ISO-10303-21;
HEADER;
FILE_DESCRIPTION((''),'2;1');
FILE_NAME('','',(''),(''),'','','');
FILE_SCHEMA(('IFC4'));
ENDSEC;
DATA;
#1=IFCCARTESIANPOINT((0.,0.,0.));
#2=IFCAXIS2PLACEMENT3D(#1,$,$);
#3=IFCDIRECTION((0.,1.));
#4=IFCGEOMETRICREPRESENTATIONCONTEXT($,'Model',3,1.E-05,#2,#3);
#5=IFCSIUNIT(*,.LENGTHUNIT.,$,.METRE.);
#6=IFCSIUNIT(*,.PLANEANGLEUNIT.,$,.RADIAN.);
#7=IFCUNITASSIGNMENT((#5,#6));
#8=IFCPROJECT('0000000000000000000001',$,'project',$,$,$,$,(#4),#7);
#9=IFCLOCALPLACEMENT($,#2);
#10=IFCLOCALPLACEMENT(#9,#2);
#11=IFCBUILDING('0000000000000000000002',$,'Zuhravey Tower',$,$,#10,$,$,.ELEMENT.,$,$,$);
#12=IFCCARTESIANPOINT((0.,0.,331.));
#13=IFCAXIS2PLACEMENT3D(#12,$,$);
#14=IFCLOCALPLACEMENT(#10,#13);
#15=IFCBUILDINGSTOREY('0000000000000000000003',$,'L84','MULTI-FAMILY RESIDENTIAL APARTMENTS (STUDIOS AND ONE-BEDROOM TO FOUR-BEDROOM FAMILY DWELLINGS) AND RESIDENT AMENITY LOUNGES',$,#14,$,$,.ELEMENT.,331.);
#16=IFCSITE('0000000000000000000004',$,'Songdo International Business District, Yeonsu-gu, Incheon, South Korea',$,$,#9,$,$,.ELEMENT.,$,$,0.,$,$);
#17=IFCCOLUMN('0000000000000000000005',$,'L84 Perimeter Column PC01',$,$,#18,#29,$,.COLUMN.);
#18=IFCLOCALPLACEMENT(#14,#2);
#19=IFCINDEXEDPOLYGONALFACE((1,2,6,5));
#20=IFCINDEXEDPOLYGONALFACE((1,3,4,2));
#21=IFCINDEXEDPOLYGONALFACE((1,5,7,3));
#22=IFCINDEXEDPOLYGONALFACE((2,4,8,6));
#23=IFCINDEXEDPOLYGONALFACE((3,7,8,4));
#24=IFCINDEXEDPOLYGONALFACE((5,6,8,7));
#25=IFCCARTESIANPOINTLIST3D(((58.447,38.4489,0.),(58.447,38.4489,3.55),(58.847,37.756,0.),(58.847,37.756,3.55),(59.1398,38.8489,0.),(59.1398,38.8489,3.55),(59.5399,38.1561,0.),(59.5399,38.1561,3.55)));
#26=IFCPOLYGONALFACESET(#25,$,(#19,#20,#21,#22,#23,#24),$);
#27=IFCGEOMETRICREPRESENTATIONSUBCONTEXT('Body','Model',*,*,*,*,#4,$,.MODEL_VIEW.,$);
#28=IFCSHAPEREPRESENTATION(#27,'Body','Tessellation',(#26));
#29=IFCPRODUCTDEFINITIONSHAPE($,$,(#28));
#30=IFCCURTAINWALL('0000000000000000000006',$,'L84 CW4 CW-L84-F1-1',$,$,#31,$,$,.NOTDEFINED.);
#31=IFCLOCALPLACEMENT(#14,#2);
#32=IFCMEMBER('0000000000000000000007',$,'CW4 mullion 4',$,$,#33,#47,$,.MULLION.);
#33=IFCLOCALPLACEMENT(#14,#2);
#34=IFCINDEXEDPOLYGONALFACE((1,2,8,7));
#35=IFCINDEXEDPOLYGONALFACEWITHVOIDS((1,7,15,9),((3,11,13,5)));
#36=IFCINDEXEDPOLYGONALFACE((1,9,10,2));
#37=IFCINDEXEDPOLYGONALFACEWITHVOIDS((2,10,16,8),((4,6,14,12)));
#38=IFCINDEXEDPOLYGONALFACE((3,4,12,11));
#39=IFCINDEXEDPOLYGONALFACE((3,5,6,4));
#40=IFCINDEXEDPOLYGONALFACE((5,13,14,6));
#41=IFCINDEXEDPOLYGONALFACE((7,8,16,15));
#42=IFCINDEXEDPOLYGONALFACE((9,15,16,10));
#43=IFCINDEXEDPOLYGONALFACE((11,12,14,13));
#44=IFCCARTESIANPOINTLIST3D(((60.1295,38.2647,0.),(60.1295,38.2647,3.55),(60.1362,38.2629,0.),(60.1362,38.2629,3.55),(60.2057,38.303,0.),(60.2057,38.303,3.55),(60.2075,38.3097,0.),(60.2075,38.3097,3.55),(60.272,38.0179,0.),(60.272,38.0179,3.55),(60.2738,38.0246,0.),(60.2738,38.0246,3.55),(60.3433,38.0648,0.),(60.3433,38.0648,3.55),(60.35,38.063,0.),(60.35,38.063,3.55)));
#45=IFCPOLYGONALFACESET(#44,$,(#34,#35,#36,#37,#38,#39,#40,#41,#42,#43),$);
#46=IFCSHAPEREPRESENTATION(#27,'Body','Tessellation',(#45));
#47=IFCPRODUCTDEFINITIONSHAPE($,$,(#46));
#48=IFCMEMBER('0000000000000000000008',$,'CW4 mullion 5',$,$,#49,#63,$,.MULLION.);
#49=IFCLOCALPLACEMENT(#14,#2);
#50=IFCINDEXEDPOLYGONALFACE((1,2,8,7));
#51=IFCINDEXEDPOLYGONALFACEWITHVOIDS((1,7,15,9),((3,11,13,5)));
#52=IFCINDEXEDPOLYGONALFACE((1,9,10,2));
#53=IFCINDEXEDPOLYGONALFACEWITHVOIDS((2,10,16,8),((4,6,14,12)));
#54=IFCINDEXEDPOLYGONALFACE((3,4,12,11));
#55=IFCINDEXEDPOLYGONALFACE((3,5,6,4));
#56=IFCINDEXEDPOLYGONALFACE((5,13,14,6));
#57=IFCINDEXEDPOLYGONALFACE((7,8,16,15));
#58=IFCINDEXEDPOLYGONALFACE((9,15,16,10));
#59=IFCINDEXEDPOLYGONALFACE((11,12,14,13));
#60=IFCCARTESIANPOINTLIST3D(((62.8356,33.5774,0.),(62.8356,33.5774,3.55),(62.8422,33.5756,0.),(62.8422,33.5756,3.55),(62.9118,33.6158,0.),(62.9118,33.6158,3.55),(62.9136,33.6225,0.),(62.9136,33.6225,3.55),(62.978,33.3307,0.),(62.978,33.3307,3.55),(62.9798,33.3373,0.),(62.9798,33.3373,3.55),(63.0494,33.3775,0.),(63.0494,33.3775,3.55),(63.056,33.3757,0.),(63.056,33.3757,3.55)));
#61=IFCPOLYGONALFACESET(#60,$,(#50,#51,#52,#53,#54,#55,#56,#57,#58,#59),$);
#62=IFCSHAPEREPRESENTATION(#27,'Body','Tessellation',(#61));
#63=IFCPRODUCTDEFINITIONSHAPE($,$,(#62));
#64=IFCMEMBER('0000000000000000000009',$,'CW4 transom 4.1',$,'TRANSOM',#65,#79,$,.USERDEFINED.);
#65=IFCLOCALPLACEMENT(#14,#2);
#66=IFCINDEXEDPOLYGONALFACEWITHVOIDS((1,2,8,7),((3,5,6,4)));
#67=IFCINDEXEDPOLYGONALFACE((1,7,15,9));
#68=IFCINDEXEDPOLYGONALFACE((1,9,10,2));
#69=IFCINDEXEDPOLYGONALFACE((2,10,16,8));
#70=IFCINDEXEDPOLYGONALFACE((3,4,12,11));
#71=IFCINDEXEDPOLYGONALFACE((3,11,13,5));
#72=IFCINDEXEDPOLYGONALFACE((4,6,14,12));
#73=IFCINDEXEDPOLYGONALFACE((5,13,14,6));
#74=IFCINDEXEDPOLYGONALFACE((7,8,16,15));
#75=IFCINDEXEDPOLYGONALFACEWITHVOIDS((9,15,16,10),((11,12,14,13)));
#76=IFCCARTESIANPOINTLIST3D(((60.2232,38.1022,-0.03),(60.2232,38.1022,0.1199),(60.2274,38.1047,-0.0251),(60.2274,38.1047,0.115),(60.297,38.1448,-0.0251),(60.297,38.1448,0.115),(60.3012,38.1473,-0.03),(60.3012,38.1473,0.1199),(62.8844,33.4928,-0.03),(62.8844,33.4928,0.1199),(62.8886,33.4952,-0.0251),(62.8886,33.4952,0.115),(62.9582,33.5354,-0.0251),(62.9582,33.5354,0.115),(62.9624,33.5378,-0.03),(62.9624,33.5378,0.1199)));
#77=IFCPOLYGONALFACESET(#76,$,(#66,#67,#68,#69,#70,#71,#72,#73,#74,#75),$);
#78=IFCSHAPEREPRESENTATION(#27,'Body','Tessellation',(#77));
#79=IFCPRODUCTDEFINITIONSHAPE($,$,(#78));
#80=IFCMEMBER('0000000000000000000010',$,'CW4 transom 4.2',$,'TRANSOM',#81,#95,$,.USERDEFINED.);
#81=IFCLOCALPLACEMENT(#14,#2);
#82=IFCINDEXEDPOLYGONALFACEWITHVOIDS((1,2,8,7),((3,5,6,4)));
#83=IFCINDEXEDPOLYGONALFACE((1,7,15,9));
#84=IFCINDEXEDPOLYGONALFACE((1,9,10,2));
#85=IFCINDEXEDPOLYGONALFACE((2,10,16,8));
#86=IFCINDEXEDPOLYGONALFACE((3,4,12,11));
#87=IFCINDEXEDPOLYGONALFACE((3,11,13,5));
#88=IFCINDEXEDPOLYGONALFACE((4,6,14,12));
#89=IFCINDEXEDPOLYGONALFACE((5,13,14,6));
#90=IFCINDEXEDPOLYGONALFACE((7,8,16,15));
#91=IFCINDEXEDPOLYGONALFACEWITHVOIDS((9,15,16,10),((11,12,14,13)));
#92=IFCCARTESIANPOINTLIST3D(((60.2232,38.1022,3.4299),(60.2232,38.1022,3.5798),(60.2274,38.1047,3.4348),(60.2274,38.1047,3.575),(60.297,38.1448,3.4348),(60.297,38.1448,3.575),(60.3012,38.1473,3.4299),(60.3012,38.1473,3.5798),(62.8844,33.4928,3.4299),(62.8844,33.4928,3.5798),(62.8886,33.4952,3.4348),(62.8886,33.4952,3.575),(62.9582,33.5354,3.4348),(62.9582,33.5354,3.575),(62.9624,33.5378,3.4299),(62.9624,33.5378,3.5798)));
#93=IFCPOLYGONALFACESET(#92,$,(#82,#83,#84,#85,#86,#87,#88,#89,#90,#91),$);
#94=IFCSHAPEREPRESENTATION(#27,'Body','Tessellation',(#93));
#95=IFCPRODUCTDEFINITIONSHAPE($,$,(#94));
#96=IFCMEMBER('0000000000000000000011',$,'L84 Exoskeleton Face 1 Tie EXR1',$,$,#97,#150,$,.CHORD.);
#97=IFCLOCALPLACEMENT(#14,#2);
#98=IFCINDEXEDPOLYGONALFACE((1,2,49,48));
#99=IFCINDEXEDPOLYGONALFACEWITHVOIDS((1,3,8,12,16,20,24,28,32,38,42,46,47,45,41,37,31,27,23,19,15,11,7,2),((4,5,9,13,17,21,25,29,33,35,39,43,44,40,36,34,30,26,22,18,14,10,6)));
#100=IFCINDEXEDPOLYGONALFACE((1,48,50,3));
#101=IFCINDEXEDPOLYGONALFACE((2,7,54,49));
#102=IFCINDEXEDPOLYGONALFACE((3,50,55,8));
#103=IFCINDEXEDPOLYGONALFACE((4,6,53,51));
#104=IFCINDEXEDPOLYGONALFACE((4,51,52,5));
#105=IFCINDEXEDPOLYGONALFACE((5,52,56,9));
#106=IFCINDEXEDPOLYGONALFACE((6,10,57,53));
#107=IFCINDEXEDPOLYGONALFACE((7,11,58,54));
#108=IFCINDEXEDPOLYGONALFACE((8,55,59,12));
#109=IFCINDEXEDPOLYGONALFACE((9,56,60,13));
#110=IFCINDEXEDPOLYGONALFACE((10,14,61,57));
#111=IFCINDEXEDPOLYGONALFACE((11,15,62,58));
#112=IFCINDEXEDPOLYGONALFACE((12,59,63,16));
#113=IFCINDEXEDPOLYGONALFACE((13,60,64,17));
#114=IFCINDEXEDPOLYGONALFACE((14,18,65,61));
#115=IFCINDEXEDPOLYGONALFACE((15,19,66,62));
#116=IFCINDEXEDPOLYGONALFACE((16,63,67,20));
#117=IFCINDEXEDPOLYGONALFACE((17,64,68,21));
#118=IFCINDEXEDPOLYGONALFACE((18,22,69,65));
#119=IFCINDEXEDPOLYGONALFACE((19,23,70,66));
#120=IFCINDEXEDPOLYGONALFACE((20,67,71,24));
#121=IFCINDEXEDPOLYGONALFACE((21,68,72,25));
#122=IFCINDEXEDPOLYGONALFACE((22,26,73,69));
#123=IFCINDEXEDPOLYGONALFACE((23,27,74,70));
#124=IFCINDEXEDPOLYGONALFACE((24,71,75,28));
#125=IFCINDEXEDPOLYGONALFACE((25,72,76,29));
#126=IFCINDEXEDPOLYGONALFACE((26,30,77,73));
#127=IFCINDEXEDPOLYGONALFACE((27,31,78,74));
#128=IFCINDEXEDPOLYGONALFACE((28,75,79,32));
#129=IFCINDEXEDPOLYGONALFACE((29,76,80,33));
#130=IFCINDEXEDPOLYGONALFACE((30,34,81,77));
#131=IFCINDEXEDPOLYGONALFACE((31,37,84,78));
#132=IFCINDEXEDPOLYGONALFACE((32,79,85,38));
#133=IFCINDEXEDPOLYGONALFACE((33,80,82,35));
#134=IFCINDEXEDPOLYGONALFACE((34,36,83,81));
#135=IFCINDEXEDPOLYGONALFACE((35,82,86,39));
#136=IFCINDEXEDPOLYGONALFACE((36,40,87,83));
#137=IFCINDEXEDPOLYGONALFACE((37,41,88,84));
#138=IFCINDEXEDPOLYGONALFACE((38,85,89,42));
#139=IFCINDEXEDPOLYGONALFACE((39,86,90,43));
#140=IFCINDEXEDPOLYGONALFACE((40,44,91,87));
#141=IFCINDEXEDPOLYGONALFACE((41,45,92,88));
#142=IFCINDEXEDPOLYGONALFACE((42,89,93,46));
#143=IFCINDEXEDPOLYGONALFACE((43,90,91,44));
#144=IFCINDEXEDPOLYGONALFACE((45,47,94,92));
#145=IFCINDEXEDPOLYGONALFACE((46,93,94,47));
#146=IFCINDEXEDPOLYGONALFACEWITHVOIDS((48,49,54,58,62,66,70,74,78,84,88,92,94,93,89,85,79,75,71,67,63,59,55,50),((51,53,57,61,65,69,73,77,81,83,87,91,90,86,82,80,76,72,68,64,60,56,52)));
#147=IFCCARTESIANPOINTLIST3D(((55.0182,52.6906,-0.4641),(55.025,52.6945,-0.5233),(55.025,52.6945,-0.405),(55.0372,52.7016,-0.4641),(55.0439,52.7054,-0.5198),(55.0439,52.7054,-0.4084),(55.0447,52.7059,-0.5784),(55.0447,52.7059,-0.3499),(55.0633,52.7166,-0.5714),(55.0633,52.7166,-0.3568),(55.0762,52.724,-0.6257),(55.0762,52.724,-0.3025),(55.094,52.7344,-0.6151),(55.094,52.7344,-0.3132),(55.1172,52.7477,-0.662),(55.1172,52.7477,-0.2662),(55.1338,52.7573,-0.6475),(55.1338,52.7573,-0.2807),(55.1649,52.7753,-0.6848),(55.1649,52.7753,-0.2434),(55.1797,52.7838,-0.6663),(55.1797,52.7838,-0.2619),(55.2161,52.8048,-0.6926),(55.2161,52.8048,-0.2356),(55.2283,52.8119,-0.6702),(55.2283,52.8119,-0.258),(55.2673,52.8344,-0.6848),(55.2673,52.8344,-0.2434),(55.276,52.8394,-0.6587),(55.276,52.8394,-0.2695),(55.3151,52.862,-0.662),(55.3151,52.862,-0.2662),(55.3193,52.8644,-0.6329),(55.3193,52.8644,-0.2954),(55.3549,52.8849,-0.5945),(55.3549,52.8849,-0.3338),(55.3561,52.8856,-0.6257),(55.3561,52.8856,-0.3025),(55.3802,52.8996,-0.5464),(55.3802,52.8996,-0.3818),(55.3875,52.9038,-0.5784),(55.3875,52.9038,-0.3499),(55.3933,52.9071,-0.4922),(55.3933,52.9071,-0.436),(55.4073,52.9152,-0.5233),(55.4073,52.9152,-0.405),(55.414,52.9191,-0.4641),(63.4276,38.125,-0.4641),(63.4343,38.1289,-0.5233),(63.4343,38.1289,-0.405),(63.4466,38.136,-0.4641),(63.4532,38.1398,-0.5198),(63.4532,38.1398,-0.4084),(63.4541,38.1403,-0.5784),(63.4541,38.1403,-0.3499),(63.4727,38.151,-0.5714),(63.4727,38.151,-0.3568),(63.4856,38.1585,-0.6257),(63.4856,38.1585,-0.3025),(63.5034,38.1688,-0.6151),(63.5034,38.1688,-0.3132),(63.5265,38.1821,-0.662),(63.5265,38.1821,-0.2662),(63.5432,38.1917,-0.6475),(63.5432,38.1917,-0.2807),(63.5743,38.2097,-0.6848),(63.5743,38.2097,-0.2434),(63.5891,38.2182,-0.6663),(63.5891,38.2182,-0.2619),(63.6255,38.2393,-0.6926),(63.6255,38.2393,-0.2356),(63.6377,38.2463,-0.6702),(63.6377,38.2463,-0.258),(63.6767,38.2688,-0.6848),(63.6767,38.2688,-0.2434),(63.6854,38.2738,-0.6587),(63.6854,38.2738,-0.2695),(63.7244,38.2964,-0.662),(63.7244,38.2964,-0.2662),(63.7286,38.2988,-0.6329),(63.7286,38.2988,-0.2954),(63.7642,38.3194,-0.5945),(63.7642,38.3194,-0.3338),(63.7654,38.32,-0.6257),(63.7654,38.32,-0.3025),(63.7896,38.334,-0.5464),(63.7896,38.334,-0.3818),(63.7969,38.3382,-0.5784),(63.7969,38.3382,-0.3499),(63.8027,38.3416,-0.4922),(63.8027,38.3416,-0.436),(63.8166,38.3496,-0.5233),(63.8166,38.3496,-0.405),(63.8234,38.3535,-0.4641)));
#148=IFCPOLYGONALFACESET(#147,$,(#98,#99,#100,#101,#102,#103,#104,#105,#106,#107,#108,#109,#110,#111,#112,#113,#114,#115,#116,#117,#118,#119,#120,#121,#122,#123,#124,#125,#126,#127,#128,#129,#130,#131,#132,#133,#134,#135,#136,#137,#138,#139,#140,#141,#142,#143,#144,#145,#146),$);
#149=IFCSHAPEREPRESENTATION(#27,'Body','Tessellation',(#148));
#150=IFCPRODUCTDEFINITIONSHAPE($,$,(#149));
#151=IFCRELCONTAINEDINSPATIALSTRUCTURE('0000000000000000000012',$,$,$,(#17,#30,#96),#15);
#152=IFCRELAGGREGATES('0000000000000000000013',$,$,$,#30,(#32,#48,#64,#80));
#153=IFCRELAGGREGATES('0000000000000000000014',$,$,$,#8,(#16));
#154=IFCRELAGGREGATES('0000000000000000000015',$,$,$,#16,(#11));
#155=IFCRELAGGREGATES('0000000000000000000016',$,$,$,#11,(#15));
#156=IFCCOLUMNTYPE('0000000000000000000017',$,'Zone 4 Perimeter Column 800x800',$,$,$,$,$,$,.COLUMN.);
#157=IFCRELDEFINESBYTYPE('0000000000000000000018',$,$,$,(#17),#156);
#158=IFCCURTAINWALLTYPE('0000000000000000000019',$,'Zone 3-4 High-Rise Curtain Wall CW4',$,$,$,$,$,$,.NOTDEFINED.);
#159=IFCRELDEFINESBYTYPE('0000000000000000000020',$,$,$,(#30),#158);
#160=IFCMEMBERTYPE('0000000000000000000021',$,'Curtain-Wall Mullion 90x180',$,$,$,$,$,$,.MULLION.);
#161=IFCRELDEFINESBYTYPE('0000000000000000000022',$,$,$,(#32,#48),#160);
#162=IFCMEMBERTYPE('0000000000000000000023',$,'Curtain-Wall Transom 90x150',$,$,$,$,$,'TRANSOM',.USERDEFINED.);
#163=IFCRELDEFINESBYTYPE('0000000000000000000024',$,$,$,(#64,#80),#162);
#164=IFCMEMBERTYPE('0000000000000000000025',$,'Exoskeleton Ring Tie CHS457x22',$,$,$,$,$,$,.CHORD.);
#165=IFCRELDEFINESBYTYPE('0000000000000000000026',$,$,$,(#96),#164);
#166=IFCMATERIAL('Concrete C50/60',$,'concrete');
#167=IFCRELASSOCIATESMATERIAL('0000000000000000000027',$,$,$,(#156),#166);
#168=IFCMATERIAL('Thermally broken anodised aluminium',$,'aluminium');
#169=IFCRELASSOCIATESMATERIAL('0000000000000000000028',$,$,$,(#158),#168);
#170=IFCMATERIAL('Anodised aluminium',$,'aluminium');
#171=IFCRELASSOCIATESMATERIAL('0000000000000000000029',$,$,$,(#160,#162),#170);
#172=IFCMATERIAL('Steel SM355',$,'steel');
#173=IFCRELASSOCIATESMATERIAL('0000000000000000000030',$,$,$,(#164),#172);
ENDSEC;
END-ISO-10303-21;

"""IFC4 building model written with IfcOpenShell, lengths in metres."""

from ifc_helpers import new_model, si_unit, direction, frame, origin, origin_2d, place, context, subcontext, project, spatial, rectangle, hollow_rectangle, hollow_circle, extrude, material, material_profile, profile_set, type_object, element, aggregate, save


model = new_model("IFC4")

# Units and contexts
model_context = context("Model", 3, precision=1e-05, world=origin(), true_north=direction((0.0, 1.0)))
body_context = subcontext(model_context, "Body", "Model", "MODEL_VIEW")
ifc_project = project(units=[si_unit("LENGTHUNIT", "METRE"), si_unit("PLANEANGLEUNIT", "RADIAN")], contexts=[model_context])

# Site, building, storey
site_placement = place(None, origin())
site = spatial("IfcSite", under=ifc_project, at=site_placement, Name="Songdo International Business District, Yeonsu-gu, Incheon, South Korea", CompositionType="ELEMENT", RefElevation=0.0)
building_placement = place(site_placement, origin())
building = spatial("IfcBuilding", under=site, at=building_placement, Name="Zuhravey Tower", CompositionType="ELEMENT")
storey_placement = place(building_placement, frame((0.0, 0.0, 331.0)))
storey = spatial("IfcBuildingStorey", under=building, at=storey_placement, Name="L84", Description="MULTI-FAMILY RESIDENTIAL APARTMENTS (STUDIOS AND ONE-BEDROOM TO FOUR-BEDROOM FAMILY DWELLINGS) AND RESIDENT AMENITY LOUNGES", CompositionType="ELEMENT", Elevation=331.0)

# Column
ifc_material_1 = material(Name="Concrete C50/60", Category="concrete")
ifc_material_profile_1 = material_profile(ifc_material_1, rectangle(XDim=0.8, YDim=0.8, at=origin_2d()), Name="RC-800x800")
ifc_profile_set_1 = profile_set([ifc_material_profile_1], Name="Concrete C50/60")
column_type = type_object("IfcColumnType", Name="Zone 4 Perimeter Column 800x800", PredefinedType="COLUMN", material=ifc_profile_set_1)
column_placement = place(storey_placement, frame((58.9934, 38.3025, 0.0), z_axis=(0.0, 0.0, 1.0), x_axis=(-0.5, 0.866025, 0.0)))
element("IfcColumn", 1, at=column_placement, inside=storey, type_object=column_type, Name="L84 Perimeter Column PC01", PredefinedType="COLUMN", context=body_context, shape_type="SweptSolid", body=[
    extrude(rectangle(XDim=0.8, YDim=0.8, at=origin_2d()), origin(), (0.0, 0.0, 1.0), 3.55),
])

# Curtain wall, members
ifc_material_2 = material(Name="Thermally broken anodised aluminium", Category="aluminium")
curtain_wall_type = type_object("IfcCurtainWallType", Name="Zone 3-4 High-Rise Curtain Wall CW4", PredefinedType="NOTDEFINED", material=ifc_material_2)
curtain_wall_placement = place(storey_placement, origin())
curtain_wall = element("IfcCurtainWall", 2, at=curtain_wall_placement, inside=storey, type_object=curtain_wall_type, Name="L84 CW4 CW-L84-F1-1", PredefinedType="NOTDEFINED")
ifc_material_3 = material(Name="Anodised aluminium", Category="aluminium")
ifc_material_profile_2 = material_profile(ifc_material_3, hollow_rectangle(XDim=0.0901, YDim=0.2849, WallThickness=0.0049, at=origin_2d()), Name="ALU-RHS-90x285x5")
ifc_profile_set_2 = profile_set([ifc_material_profile_2], Name="Anodised aluminium")
member_type_1 = type_object("IfcMemberType", Name="Curtain-Wall Mullion 90x180", PredefinedType="MULLION", material=ifc_profile_set_2)
member_1_placement = place(storey_placement, frame((60.2397, 38.1638, 0.0), z_axis=(0.0, 0.0, 1.0), x_axis=(0.866024, 0.500002, 0.0)))
member_1 = element("IfcMember", 3, at=member_1_placement, type_object=member_type_1, Name="CW4 mullion 4", PredefinedType="MULLION", context=body_context, shape_type="SweptSolid", body=[
    extrude(hollow_rectangle(XDim=0.0901, YDim=0.2849, WallThickness=0.0049, at=origin_2d()), origin(), (0.0, 0.0, 1.0), 3.55),
])
member_2_placement = place(storey_placement, frame((62.9458, 33.4766, 0.0), z_axis=(0.0, 0.0, 1.0), x_axis=(0.866024, 0.500002, 0.0)))
member_2 = element("IfcMember", 4, at=member_2_placement, type_object=member_type_1, Name="CW4 mullion 5", PredefinedType="MULLION", context=body_context, shape_type="SweptSolid", body=[
    extrude(hollow_rectangle(XDim=0.0901, YDim=0.2849, WallThickness=0.0049, at=origin_2d()), origin(), (0.0, 0.0, 1.0), 3.55),
])
ifc_material_profile_3 = material_profile(ifc_material_3, hollow_rectangle(XDim=0.0901, YDim=0.1499, WallThickness=0.0049, at=origin_2d()), Name="ALU-RHS-90x150x5")
ifc_profile_set_3 = profile_set([ifc_material_profile_3], Name="Anodised aluminium")
member_type_2 = type_object("IfcMemberType", Name="Curtain-Wall Transom 90x150", ElementType="TRANSOM", PredefinedType="USERDEFINED", material=ifc_profile_set_3)
member_3_placement = place(storey_placement, frame((60.2622, 38.1248, 0.0449), z_axis=(0.499987, -0.866033, 0.0), x_axis=(0.866033, 0.499987, 0.0)))
member_3 = element("IfcMember", 5, at=member_3_placement, type_object=member_type_2, Name="CW4 transom 4.1", ObjectType="TRANSOM", PredefinedType="USERDEFINED", context=body_context, shape_type="SweptSolid", body=[
    extrude(hollow_rectangle(XDim=0.0901, YDim=0.1499, WallThickness=0.0049, at=origin_2d()), origin(), (0.0, 0.0, 1.0), 5.3225),
])
member_4_placement = place(storey_placement, frame((60.2622, 38.1248, 3.5049), z_axis=(0.499987, -0.866033, 0.0), x_axis=(0.866033, 0.499987, 0.0)))
member_4 = element("IfcMember", 6, at=member_4_placement, type_object=member_type_2, Name="CW4 transom 4.2", ObjectType="TRANSOM", PredefinedType="USERDEFINED", context=body_context, shape_type="SweptSolid", body=[
    extrude(hollow_rectangle(XDim=0.0901, YDim=0.1499, WallThickness=0.0049, at=origin_2d()), origin(), (0.0, 0.0, 1.0), 5.3225),
])

# Member
ifc_material_4 = material(Name="Steel SM355", Category="steel")
ifc_material_profile_4 = material_profile(ifc_material_4, hollow_circle(Radius=0.2285, WallThickness=0.022, at=origin_2d()), Name="CHS-457.2x22")
ifc_profile_set_4 = profile_set([ifc_material_profile_4], Name="Steel SM355")
member_type_3 = type_object("IfcMemberType", Name="Exoskeleton Ring Tie CHS457x22", PredefinedType="CHORD", material=ifc_profile_set_4)
member_5_placement = place(storey_placement, frame((63.6255, 38.2393, -0.4641), z_axis=(-0.499997, 0.866027, 0.0), x_axis=(-0.866027, -0.499997, 0.0)))
element("IfcMember", 7, at=member_5_placement, inside=storey, type_object=member_type_3, Name="L84 Exoskeleton Face 1 Tie EXR1", PredefinedType="CHORD", context=body_context, shape_type="SweptSolid", body=[
    extrude(hollow_circle(Radius=0.2285, WallThickness=0.022, at=origin_2d()), origin(), (0.0, 0.0, 1.0), 16.8188),
])

aggregate(curtain_wall, [member_1, member_2, member_3, member_4])

save(model, "model.ifc")
